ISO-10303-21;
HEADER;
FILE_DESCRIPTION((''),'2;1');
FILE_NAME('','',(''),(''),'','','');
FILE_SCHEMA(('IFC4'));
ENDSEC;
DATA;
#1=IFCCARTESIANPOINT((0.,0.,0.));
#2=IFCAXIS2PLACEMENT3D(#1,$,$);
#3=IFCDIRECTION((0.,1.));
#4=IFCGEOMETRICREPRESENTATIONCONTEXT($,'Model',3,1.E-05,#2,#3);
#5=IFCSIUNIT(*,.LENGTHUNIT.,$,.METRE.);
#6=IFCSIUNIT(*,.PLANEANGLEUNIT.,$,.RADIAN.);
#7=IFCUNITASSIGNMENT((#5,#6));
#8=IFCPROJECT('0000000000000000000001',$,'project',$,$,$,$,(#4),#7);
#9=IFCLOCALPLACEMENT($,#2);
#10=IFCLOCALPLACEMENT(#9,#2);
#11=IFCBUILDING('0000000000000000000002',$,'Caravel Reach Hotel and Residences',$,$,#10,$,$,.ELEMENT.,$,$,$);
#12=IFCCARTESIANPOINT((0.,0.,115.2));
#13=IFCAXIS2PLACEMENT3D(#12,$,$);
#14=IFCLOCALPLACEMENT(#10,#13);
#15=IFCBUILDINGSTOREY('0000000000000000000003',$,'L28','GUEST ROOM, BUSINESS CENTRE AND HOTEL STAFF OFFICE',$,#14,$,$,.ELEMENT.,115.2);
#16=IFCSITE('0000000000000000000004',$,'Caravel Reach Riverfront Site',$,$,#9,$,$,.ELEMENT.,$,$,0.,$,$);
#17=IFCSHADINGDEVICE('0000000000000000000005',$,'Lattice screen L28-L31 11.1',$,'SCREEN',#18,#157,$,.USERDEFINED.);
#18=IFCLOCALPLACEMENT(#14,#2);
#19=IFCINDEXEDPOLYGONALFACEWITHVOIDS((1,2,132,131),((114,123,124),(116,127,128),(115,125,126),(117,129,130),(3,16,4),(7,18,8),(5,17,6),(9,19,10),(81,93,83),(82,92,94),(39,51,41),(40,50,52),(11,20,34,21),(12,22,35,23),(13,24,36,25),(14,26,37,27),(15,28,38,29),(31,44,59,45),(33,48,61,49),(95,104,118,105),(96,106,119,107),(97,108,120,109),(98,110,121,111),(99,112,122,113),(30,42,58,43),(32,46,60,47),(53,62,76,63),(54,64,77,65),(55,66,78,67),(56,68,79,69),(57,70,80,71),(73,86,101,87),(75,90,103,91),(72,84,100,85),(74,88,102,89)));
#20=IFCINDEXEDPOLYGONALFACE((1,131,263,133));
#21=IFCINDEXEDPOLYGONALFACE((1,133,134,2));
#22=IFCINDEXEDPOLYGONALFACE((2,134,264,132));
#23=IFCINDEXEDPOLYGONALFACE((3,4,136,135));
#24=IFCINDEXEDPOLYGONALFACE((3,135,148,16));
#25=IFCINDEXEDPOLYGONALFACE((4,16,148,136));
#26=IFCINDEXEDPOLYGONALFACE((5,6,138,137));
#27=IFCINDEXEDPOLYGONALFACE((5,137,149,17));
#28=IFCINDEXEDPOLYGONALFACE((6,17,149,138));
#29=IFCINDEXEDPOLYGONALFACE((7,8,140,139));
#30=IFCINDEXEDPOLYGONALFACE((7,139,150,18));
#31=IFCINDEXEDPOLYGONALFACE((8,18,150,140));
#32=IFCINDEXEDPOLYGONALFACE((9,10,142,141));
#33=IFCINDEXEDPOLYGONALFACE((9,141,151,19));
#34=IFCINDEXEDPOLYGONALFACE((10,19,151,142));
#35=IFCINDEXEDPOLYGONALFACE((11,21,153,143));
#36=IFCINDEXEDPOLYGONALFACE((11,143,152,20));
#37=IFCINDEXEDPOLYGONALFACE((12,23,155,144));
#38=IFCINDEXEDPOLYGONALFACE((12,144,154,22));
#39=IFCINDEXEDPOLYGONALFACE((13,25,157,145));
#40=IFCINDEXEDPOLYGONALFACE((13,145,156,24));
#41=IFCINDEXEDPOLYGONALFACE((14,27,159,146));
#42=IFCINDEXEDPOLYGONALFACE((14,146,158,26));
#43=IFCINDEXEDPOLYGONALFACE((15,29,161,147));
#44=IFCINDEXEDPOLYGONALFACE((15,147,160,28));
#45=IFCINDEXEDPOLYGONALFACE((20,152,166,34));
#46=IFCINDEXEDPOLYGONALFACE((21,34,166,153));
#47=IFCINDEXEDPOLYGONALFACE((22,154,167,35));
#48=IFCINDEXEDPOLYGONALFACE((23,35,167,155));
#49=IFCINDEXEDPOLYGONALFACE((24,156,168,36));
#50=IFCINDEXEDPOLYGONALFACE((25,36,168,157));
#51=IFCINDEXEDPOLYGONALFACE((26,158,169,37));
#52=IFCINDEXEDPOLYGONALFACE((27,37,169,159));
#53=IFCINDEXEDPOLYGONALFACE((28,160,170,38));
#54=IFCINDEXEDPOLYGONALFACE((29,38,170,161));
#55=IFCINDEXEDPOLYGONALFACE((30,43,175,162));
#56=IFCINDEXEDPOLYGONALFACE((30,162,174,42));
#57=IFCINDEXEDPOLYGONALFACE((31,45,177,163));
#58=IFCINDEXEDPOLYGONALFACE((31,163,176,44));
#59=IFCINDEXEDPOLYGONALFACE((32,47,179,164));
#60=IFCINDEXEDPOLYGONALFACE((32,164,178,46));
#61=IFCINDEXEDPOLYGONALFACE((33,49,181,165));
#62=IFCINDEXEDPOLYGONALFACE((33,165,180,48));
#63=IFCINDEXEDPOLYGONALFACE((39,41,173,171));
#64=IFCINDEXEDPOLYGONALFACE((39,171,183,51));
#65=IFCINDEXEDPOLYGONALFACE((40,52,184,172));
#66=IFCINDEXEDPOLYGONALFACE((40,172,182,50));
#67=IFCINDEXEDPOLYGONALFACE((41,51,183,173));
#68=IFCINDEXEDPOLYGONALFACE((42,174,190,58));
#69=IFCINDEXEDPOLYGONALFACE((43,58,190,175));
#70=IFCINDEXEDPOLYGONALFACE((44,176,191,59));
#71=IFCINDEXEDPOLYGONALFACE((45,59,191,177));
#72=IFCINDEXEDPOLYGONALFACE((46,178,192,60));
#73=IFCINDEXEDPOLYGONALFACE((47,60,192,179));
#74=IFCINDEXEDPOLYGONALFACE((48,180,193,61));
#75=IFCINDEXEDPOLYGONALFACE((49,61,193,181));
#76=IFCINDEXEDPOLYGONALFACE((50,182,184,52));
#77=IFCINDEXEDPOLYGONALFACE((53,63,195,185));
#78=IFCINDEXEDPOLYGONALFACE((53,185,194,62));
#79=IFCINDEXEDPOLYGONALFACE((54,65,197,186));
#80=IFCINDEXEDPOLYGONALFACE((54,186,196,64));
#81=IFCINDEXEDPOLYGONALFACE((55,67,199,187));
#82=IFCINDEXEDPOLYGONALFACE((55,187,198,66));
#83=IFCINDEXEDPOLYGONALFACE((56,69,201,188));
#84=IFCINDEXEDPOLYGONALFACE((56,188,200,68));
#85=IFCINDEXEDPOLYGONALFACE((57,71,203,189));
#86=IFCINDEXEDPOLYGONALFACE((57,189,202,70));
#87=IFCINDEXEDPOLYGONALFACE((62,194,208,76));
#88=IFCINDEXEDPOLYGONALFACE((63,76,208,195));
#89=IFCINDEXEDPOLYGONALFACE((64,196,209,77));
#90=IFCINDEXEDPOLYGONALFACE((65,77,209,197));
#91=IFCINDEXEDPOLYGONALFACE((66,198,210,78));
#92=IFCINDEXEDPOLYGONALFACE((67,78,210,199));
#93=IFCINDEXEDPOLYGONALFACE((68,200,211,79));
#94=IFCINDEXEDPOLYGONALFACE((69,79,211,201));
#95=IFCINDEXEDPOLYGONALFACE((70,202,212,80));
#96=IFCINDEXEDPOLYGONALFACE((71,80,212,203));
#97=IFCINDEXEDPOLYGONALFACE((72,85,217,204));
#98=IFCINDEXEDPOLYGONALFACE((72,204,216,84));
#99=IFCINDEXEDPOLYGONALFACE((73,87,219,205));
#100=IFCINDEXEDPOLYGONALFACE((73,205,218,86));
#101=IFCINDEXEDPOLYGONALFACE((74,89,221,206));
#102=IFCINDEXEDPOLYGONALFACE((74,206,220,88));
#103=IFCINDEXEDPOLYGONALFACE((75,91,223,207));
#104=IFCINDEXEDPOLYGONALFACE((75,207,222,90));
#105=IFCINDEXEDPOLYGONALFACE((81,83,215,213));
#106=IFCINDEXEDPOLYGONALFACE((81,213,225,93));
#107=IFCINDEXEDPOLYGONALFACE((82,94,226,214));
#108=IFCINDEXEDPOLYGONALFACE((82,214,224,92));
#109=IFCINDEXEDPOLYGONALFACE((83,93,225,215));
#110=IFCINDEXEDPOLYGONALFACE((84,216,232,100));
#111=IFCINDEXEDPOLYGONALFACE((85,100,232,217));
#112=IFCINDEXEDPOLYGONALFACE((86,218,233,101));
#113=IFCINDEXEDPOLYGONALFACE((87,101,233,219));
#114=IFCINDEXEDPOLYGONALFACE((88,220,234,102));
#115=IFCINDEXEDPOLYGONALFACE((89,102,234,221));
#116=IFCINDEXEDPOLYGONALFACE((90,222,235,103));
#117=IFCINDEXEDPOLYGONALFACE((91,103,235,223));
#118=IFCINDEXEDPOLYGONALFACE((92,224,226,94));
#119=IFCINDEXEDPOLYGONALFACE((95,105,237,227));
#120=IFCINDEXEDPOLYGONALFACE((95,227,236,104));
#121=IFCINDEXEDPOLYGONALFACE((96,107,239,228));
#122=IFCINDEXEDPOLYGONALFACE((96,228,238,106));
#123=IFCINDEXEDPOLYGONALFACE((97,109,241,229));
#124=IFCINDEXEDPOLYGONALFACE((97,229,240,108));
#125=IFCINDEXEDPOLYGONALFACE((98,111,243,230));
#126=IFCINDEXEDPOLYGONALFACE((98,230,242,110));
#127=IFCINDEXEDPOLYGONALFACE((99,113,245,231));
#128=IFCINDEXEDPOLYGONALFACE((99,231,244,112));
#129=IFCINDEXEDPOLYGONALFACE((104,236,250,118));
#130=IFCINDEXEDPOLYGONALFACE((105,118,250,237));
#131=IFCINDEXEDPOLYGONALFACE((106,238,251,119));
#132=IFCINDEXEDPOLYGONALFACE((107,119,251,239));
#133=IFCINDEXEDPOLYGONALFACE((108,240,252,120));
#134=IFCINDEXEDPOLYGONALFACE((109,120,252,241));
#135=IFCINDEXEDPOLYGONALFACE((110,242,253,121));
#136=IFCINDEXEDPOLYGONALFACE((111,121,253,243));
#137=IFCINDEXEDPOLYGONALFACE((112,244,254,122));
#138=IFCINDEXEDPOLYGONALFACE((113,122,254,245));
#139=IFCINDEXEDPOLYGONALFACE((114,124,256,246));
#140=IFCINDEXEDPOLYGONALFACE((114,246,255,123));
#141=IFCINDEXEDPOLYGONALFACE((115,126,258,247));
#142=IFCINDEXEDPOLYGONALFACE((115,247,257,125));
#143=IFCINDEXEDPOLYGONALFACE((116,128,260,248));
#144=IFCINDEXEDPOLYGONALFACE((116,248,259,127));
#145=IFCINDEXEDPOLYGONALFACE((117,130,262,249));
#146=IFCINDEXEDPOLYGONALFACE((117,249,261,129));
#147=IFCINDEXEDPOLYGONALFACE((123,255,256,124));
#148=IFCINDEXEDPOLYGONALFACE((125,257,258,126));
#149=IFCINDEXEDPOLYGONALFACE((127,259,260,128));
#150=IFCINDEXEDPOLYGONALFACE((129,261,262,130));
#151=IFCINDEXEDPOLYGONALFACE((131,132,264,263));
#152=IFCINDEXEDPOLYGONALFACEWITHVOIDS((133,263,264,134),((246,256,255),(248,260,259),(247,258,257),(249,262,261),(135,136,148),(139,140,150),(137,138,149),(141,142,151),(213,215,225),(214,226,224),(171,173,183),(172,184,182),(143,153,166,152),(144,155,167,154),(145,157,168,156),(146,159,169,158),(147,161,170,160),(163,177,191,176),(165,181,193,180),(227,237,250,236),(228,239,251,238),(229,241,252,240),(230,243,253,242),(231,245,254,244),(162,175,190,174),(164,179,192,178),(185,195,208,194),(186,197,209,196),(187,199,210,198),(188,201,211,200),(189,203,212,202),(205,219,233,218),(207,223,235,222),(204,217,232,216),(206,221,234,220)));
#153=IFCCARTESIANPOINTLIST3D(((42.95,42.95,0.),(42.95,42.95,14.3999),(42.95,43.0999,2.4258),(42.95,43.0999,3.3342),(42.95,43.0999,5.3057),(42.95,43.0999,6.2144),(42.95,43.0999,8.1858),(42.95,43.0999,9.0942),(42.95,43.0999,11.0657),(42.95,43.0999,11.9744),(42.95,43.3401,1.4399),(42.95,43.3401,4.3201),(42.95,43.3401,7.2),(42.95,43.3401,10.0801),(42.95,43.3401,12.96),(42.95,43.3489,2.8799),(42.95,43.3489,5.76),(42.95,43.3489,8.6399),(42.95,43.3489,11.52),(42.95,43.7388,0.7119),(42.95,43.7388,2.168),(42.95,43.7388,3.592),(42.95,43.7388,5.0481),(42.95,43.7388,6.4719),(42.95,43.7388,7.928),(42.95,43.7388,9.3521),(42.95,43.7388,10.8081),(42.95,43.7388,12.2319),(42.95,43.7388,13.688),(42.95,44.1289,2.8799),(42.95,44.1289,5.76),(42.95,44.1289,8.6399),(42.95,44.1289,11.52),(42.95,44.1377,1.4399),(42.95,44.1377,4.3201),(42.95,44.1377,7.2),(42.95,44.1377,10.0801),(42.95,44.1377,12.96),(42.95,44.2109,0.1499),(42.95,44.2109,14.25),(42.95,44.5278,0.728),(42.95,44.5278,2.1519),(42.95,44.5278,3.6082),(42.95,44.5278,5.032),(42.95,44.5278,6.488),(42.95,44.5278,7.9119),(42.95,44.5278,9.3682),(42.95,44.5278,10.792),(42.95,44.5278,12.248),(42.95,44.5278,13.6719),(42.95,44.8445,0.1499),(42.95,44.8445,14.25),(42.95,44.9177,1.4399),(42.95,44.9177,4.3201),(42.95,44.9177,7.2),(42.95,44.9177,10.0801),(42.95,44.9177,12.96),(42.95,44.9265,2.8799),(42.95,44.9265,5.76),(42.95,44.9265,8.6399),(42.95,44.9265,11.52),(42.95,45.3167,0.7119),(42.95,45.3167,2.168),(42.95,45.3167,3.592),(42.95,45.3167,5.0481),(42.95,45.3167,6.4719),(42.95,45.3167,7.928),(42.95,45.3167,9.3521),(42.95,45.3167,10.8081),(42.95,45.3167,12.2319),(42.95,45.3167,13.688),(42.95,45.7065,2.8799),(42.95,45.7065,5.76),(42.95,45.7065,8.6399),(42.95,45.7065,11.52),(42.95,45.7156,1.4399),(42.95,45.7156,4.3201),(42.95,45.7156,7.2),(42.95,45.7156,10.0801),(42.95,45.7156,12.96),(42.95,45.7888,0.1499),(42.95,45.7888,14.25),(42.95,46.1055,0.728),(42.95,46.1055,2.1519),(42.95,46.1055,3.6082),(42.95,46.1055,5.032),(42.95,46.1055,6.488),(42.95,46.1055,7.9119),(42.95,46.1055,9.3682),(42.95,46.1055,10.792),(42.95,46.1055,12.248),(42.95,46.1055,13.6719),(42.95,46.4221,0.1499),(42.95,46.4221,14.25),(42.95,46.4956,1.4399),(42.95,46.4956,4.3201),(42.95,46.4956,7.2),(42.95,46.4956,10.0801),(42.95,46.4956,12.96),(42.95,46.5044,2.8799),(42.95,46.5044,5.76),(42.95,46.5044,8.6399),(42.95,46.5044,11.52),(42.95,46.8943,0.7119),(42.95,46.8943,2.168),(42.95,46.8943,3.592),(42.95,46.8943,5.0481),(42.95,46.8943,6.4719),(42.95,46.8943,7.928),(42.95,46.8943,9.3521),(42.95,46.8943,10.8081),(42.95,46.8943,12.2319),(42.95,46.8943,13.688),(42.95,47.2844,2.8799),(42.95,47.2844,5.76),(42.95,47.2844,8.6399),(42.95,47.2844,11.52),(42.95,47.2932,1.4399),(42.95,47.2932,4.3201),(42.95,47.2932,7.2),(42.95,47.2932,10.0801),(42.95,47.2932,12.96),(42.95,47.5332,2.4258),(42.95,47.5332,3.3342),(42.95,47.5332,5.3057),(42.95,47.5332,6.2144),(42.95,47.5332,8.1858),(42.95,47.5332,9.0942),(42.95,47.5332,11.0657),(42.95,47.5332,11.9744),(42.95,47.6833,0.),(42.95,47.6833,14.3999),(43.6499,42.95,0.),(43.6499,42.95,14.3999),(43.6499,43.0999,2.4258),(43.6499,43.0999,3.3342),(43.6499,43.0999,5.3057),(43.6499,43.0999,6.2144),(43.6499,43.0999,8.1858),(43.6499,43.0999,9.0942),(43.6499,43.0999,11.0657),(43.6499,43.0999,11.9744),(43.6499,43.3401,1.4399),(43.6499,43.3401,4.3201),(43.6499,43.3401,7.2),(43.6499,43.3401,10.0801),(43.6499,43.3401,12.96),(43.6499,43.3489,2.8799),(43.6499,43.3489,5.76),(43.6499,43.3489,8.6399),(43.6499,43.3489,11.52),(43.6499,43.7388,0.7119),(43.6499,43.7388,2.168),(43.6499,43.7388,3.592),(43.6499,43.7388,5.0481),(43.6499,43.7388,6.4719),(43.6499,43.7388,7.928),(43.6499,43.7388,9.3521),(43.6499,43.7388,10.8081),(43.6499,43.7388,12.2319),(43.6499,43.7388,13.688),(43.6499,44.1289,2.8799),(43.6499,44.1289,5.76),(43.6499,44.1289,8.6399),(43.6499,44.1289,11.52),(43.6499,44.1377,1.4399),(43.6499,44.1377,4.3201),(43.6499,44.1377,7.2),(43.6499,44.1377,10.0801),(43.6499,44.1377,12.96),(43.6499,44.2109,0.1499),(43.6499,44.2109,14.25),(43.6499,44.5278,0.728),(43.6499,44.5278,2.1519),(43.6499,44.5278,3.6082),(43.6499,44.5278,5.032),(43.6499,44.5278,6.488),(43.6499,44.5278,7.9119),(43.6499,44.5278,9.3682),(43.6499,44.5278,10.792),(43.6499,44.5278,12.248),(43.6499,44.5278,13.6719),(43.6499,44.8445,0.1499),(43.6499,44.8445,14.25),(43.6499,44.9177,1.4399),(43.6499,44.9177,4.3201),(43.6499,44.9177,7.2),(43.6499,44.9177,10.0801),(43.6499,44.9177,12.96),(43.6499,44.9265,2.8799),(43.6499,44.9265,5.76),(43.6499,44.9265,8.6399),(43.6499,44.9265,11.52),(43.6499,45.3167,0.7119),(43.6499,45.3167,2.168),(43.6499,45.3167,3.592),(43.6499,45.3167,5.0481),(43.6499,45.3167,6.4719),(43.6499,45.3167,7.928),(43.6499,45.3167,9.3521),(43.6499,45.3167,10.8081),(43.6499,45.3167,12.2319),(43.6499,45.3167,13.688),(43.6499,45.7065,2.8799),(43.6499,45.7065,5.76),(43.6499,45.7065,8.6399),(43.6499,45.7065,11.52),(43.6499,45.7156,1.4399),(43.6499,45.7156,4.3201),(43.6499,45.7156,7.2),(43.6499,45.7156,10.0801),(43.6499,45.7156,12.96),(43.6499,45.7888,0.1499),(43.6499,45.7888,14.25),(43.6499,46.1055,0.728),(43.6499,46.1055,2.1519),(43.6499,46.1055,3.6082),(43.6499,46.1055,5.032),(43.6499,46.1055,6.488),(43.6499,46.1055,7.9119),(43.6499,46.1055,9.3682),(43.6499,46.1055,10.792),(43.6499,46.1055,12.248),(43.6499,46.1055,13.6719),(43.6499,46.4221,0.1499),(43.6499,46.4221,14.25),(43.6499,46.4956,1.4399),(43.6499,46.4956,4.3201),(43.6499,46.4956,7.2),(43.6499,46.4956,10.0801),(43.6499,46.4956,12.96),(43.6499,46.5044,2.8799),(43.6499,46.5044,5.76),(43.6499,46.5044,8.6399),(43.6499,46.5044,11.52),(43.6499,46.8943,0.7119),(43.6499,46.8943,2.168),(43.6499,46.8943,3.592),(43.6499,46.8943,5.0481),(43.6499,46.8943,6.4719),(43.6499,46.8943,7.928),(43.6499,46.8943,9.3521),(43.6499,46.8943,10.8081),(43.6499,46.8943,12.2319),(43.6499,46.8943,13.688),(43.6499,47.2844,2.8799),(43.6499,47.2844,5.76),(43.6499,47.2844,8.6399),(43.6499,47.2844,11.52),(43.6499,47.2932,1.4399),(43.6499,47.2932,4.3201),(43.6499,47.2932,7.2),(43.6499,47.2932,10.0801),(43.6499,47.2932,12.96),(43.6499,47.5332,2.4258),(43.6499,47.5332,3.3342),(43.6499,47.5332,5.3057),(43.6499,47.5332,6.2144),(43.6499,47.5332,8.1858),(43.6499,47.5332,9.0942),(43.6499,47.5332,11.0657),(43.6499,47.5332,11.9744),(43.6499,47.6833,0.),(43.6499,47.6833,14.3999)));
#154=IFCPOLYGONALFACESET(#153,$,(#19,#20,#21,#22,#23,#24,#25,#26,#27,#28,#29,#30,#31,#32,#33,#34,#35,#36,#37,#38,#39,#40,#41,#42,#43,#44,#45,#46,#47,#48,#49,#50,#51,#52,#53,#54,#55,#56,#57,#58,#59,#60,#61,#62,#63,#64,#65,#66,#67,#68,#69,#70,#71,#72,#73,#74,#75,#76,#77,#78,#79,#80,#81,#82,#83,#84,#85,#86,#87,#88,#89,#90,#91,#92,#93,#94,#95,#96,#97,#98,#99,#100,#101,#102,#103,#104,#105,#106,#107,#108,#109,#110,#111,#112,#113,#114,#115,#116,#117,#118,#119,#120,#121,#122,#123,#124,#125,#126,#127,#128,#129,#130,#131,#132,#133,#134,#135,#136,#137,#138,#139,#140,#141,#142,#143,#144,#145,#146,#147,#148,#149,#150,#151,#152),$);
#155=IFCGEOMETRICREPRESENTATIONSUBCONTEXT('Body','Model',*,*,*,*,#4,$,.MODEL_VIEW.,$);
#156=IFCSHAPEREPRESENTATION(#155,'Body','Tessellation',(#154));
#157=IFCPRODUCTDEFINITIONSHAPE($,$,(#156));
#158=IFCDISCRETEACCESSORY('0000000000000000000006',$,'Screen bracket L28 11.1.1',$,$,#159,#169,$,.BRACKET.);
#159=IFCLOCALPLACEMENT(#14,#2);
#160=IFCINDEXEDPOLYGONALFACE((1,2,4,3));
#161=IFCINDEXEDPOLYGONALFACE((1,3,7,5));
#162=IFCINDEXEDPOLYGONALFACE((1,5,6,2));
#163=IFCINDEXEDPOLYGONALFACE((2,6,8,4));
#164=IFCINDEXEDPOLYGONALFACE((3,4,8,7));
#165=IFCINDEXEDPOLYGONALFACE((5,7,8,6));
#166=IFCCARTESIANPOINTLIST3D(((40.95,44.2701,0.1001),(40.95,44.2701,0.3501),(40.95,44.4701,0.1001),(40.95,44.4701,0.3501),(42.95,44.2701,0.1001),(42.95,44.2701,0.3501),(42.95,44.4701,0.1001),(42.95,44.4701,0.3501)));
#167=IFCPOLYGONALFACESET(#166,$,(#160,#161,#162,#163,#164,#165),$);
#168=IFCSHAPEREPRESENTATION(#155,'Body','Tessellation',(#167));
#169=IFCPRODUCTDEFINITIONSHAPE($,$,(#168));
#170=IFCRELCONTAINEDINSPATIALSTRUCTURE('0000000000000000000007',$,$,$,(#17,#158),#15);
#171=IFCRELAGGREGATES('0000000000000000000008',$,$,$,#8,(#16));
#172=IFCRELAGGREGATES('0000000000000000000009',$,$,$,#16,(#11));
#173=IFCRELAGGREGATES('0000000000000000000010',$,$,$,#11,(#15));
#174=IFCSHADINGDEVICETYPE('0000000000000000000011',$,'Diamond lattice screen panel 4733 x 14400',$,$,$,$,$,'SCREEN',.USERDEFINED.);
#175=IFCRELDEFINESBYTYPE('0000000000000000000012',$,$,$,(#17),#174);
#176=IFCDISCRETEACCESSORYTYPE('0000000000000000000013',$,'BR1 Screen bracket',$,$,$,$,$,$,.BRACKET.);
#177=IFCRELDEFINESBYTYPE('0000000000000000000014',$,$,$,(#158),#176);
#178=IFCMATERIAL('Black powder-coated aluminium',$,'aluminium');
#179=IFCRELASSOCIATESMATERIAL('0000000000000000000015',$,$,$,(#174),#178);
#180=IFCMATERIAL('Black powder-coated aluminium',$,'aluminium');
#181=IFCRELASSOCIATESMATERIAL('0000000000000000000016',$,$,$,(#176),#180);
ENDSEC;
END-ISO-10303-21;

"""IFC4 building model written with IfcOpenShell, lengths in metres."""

from ifc_helpers import new_model, si_unit, direction, frame, origin, origin_2d, place, context, subcontext, project, spatial, polyline, rectangle, outline, extrude, material, type_object, element, save


model = new_model("IFC4")

# Units and contexts
model_context = context("Model", 3, precision=1e-05, world=origin(), true_north=direction((0.0, 1.0)))
body_context = subcontext(model_context, "Body", "Model", "MODEL_VIEW")
ifc_project = project(units=[si_unit("LENGTHUNIT", "METRE"), si_unit("PLANEANGLEUNIT", "RADIAN")], contexts=[model_context])

# Site, building, storey
site_placement = place(None, origin())
site = spatial("IfcSite", under=ifc_project, at=site_placement, Name="Caravel Reach Riverfront Site", CompositionType="ELEMENT", RefElevation=0.0)
building_placement = place(site_placement, origin())
building = spatial("IfcBuilding", under=site, at=building_placement, Name="Caravel Reach Hotel and Residences", CompositionType="ELEMENT")
storey_placement = place(building_placement, frame((0.0, 0.0, 115.2)))
storey = spatial("IfcBuildingStorey", under=building, at=storey_placement, Name="L28", Description="GUEST ROOM, BUSINESS CENTRE AND HOTEL STAFF OFFICE", CompositionType="ELEMENT", Elevation=115.2)

# Shading device
ifc_material_1 = material(Name="Black powder-coated aluminium", Category="aluminium")
shading_device_type = type_object("IfcShadingDeviceType", Name="Diamond lattice screen panel 4733 x 14400", ElementType="SCREEN", PredefinedType="USERDEFINED", material=ifc_material_1)
shading_device_placement = place(storey_placement, frame((42.95, 42.95, 0.0), z_axis=(1.0, 0.0, 0.0), x_axis=(0.0, 1.0, 0.0)))
element("IfcShadingDevice", 1, at=shading_device_placement, inside=storey, type_object=shading_device_type, Name="Lattice screen L28-L31 11.1", ObjectType="SCREEN", PredefinedType="USERDEFINED", context=body_context, shape_type="SweptSolid", body=[
    extrude(outline(polyline([(0.0, 0.0), (4.7334, 0.0), (4.7334, 14.3999), (0.0, 14.3999), (0.0, 0.0)]), holes=[polyline([(0.3989, 2.8799), (0.1499, 3.3342), (0.1499, 2.4258), (0.3989, 2.8799)]), polyline([(0.3989, 5.76), (0.1499, 6.2144), (0.1499, 5.3057), (0.3989, 5.76)]), polyline([(0.3989, 8.6399), (0.1499, 9.0942), (0.1499, 8.1858), (0.3989, 8.6399)]), polyline([(0.3989, 11.52), (0.1499, 11.9744), (0.1499, 11.0657), (0.3989, 11.52)]), polyline([(0.7888, 2.168), (0.3901, 1.4399), (0.7888, 0.7119), (1.1877, 1.4399), (0.7888, 2.168)]), polyline([(0.7888, 5.0481), (0.3901, 4.3201), (0.7888, 3.592), (1.1877, 4.3201), (0.7888, 5.0481)]), polyline([(0.7888, 7.928), (0.3901, 7.2), (0.7888, 6.4719), (1.1877, 7.2), (0.7888, 7.928)]), polyline([(0.7888, 10.8081), (0.3901, 10.0801), (0.7888, 9.3521), (1.1877, 10.0801), (0.7888, 10.8081)]), polyline([(0.7888, 13.688), (0.3901, 12.96), (0.7888, 12.2319), (1.1877, 12.96), (0.7888, 13.688)]), polyline([(1.5779, 0.728), (1.261, 0.1499), (1.8945, 0.1499), (1.5779, 0.728)]), polyline([(1.5779, 3.6082), (1.179, 2.8799), (1.5779, 2.1519), (1.9766, 2.8799), (1.5779, 3.6082)]), polyline([(1.5779, 6.488), (1.179, 5.76), (1.5779, 5.032), (1.9766, 5.76), (1.5779, 6.488)]), polyline([(1.5779, 9.3682), (1.179, 8.6399), (1.5779, 7.9119), (1.9766, 8.6399), (1.5779, 9.3682)]), polyline([(1.5779, 12.248), (1.179, 11.52), (1.5779, 10.792), (1.9766, 11.52), (1.5779, 12.248)]), polyline([(1.5779, 13.6719), (1.8945, 14.25), (1.261, 14.25), (1.5779, 13.6719)]), polyline([(2.3667, 2.168), (1.9678, 1.4399), (2.3667, 0.7119), (2.7656, 1.4399), (2.3667, 2.168)]), polyline([(2.3667, 5.0481), (1.9678, 4.3201), (2.3667, 3.592), (2.7656, 4.3201), (2.3667, 5.0481)]), polyline([(2.3667, 7.928), (1.9678, 7.2), (2.3667, 6.4719), (2.7656, 7.2), (2.3667, 7.928)]), polyline([(2.3667, 10.8081), (1.9678, 10.0801), (2.3667, 9.3521), (2.7656, 10.0801), (2.3667, 10.8081)]), polyline([(2.3667, 13.688), (1.9678, 12.96), (2.3667, 12.2319), (2.7656, 12.96), (2.3667, 13.688)]), polyline([(3.1555, 0.728), (2.8389, 0.1499), (3.4722, 0.1499), (3.1555, 0.728)]), polyline([(3.1555, 3.6082), (2.7566, 2.8799), (3.1555, 2.1519), (3.5544, 2.8799), (3.1555, 3.6082)]), polyline([(3.1555, 6.488), (2.7566, 5.76), (3.1555, 5.032), (3.5544, 5.76), (3.1555, 6.488)]), polyline([(3.1555, 9.3682), (2.7566, 8.6399), (3.1555, 7.9119), (3.5544, 8.6399), (3.1555, 9.3682)]), polyline([(3.1555, 12.248), (2.7566, 11.52), (3.1555, 10.792), (3.5544, 11.52), (3.1555, 12.248)]), polyline([(3.1555, 13.6719), (3.4722, 14.25), (2.8389, 14.25), (3.1555, 13.6719)]), polyline([(3.9443, 2.168), (3.5457, 1.4399), (3.9443, 0.7119), (4.3433, 1.4399), (3.9443, 2.168)]), polyline([(3.9443, 5.0481), (3.5457, 4.3201), (3.9443, 3.592), (4.3433, 4.3201), (3.9443, 5.0481)]), polyline([(3.9443, 7.928), (3.5457, 7.2), (3.9443, 6.4719), (4.3433, 7.2), (3.9443, 7.928)]), polyline([(3.9443, 10.8081), (3.5457, 10.0801), (3.9443, 9.3521), (4.3433, 10.0801), (3.9443, 10.8081)]), polyline([(3.9443, 13.688), (3.5457, 12.96), (3.9443, 12.2319), (4.3433, 12.96), (3.9443, 13.688)]), polyline([(4.3345, 2.8799), (4.5833, 2.4258), (4.5833, 3.3342), (4.3345, 2.8799)]), polyline([(4.3345, 5.76), (4.5833, 5.3057), (4.5833, 6.2144), (4.3345, 5.76)]), polyline([(4.3345, 8.6399), (4.5833, 8.1858), (4.5833, 9.0942), (4.3345, 8.6399)]), polyline([(4.3345, 11.52), (4.5833, 11.0657), (4.5833, 11.9744), (4.3345, 11.52)])]), origin(), (0.0, 0.0, 1.0), 0.7),
])

# Discrete accessory
ifc_material_2 = material(Name="Black powder-coated aluminium", Category="aluminium")
discrete_accessory_type = type_object("IfcDiscreteAccessoryType", Name="BR1 Screen bracket", PredefinedType="BRACKET", material=ifc_material_2)
discrete_accessory_placement = place(storey_placement, frame((41.95, 44.3701, 0.1001), z_axis=(0.0, 0.0, 1.0), x_axis=(1.0, 0.0, 0.0)))
element("IfcDiscreteAccessory", 2, at=discrete_accessory_placement, inside=storey, type_object=discrete_accessory_type, Name="Screen bracket L28 11.1.1", PredefinedType="BRACKET", context=body_context, shape_type="SweptSolid", body=[
    extrude(rectangle(XDim=2.0, YDim=0.2, at=origin_2d()), origin(), (0.0, 0.0, 1.0), 0.25),
])

save(model, "model.ifc")
